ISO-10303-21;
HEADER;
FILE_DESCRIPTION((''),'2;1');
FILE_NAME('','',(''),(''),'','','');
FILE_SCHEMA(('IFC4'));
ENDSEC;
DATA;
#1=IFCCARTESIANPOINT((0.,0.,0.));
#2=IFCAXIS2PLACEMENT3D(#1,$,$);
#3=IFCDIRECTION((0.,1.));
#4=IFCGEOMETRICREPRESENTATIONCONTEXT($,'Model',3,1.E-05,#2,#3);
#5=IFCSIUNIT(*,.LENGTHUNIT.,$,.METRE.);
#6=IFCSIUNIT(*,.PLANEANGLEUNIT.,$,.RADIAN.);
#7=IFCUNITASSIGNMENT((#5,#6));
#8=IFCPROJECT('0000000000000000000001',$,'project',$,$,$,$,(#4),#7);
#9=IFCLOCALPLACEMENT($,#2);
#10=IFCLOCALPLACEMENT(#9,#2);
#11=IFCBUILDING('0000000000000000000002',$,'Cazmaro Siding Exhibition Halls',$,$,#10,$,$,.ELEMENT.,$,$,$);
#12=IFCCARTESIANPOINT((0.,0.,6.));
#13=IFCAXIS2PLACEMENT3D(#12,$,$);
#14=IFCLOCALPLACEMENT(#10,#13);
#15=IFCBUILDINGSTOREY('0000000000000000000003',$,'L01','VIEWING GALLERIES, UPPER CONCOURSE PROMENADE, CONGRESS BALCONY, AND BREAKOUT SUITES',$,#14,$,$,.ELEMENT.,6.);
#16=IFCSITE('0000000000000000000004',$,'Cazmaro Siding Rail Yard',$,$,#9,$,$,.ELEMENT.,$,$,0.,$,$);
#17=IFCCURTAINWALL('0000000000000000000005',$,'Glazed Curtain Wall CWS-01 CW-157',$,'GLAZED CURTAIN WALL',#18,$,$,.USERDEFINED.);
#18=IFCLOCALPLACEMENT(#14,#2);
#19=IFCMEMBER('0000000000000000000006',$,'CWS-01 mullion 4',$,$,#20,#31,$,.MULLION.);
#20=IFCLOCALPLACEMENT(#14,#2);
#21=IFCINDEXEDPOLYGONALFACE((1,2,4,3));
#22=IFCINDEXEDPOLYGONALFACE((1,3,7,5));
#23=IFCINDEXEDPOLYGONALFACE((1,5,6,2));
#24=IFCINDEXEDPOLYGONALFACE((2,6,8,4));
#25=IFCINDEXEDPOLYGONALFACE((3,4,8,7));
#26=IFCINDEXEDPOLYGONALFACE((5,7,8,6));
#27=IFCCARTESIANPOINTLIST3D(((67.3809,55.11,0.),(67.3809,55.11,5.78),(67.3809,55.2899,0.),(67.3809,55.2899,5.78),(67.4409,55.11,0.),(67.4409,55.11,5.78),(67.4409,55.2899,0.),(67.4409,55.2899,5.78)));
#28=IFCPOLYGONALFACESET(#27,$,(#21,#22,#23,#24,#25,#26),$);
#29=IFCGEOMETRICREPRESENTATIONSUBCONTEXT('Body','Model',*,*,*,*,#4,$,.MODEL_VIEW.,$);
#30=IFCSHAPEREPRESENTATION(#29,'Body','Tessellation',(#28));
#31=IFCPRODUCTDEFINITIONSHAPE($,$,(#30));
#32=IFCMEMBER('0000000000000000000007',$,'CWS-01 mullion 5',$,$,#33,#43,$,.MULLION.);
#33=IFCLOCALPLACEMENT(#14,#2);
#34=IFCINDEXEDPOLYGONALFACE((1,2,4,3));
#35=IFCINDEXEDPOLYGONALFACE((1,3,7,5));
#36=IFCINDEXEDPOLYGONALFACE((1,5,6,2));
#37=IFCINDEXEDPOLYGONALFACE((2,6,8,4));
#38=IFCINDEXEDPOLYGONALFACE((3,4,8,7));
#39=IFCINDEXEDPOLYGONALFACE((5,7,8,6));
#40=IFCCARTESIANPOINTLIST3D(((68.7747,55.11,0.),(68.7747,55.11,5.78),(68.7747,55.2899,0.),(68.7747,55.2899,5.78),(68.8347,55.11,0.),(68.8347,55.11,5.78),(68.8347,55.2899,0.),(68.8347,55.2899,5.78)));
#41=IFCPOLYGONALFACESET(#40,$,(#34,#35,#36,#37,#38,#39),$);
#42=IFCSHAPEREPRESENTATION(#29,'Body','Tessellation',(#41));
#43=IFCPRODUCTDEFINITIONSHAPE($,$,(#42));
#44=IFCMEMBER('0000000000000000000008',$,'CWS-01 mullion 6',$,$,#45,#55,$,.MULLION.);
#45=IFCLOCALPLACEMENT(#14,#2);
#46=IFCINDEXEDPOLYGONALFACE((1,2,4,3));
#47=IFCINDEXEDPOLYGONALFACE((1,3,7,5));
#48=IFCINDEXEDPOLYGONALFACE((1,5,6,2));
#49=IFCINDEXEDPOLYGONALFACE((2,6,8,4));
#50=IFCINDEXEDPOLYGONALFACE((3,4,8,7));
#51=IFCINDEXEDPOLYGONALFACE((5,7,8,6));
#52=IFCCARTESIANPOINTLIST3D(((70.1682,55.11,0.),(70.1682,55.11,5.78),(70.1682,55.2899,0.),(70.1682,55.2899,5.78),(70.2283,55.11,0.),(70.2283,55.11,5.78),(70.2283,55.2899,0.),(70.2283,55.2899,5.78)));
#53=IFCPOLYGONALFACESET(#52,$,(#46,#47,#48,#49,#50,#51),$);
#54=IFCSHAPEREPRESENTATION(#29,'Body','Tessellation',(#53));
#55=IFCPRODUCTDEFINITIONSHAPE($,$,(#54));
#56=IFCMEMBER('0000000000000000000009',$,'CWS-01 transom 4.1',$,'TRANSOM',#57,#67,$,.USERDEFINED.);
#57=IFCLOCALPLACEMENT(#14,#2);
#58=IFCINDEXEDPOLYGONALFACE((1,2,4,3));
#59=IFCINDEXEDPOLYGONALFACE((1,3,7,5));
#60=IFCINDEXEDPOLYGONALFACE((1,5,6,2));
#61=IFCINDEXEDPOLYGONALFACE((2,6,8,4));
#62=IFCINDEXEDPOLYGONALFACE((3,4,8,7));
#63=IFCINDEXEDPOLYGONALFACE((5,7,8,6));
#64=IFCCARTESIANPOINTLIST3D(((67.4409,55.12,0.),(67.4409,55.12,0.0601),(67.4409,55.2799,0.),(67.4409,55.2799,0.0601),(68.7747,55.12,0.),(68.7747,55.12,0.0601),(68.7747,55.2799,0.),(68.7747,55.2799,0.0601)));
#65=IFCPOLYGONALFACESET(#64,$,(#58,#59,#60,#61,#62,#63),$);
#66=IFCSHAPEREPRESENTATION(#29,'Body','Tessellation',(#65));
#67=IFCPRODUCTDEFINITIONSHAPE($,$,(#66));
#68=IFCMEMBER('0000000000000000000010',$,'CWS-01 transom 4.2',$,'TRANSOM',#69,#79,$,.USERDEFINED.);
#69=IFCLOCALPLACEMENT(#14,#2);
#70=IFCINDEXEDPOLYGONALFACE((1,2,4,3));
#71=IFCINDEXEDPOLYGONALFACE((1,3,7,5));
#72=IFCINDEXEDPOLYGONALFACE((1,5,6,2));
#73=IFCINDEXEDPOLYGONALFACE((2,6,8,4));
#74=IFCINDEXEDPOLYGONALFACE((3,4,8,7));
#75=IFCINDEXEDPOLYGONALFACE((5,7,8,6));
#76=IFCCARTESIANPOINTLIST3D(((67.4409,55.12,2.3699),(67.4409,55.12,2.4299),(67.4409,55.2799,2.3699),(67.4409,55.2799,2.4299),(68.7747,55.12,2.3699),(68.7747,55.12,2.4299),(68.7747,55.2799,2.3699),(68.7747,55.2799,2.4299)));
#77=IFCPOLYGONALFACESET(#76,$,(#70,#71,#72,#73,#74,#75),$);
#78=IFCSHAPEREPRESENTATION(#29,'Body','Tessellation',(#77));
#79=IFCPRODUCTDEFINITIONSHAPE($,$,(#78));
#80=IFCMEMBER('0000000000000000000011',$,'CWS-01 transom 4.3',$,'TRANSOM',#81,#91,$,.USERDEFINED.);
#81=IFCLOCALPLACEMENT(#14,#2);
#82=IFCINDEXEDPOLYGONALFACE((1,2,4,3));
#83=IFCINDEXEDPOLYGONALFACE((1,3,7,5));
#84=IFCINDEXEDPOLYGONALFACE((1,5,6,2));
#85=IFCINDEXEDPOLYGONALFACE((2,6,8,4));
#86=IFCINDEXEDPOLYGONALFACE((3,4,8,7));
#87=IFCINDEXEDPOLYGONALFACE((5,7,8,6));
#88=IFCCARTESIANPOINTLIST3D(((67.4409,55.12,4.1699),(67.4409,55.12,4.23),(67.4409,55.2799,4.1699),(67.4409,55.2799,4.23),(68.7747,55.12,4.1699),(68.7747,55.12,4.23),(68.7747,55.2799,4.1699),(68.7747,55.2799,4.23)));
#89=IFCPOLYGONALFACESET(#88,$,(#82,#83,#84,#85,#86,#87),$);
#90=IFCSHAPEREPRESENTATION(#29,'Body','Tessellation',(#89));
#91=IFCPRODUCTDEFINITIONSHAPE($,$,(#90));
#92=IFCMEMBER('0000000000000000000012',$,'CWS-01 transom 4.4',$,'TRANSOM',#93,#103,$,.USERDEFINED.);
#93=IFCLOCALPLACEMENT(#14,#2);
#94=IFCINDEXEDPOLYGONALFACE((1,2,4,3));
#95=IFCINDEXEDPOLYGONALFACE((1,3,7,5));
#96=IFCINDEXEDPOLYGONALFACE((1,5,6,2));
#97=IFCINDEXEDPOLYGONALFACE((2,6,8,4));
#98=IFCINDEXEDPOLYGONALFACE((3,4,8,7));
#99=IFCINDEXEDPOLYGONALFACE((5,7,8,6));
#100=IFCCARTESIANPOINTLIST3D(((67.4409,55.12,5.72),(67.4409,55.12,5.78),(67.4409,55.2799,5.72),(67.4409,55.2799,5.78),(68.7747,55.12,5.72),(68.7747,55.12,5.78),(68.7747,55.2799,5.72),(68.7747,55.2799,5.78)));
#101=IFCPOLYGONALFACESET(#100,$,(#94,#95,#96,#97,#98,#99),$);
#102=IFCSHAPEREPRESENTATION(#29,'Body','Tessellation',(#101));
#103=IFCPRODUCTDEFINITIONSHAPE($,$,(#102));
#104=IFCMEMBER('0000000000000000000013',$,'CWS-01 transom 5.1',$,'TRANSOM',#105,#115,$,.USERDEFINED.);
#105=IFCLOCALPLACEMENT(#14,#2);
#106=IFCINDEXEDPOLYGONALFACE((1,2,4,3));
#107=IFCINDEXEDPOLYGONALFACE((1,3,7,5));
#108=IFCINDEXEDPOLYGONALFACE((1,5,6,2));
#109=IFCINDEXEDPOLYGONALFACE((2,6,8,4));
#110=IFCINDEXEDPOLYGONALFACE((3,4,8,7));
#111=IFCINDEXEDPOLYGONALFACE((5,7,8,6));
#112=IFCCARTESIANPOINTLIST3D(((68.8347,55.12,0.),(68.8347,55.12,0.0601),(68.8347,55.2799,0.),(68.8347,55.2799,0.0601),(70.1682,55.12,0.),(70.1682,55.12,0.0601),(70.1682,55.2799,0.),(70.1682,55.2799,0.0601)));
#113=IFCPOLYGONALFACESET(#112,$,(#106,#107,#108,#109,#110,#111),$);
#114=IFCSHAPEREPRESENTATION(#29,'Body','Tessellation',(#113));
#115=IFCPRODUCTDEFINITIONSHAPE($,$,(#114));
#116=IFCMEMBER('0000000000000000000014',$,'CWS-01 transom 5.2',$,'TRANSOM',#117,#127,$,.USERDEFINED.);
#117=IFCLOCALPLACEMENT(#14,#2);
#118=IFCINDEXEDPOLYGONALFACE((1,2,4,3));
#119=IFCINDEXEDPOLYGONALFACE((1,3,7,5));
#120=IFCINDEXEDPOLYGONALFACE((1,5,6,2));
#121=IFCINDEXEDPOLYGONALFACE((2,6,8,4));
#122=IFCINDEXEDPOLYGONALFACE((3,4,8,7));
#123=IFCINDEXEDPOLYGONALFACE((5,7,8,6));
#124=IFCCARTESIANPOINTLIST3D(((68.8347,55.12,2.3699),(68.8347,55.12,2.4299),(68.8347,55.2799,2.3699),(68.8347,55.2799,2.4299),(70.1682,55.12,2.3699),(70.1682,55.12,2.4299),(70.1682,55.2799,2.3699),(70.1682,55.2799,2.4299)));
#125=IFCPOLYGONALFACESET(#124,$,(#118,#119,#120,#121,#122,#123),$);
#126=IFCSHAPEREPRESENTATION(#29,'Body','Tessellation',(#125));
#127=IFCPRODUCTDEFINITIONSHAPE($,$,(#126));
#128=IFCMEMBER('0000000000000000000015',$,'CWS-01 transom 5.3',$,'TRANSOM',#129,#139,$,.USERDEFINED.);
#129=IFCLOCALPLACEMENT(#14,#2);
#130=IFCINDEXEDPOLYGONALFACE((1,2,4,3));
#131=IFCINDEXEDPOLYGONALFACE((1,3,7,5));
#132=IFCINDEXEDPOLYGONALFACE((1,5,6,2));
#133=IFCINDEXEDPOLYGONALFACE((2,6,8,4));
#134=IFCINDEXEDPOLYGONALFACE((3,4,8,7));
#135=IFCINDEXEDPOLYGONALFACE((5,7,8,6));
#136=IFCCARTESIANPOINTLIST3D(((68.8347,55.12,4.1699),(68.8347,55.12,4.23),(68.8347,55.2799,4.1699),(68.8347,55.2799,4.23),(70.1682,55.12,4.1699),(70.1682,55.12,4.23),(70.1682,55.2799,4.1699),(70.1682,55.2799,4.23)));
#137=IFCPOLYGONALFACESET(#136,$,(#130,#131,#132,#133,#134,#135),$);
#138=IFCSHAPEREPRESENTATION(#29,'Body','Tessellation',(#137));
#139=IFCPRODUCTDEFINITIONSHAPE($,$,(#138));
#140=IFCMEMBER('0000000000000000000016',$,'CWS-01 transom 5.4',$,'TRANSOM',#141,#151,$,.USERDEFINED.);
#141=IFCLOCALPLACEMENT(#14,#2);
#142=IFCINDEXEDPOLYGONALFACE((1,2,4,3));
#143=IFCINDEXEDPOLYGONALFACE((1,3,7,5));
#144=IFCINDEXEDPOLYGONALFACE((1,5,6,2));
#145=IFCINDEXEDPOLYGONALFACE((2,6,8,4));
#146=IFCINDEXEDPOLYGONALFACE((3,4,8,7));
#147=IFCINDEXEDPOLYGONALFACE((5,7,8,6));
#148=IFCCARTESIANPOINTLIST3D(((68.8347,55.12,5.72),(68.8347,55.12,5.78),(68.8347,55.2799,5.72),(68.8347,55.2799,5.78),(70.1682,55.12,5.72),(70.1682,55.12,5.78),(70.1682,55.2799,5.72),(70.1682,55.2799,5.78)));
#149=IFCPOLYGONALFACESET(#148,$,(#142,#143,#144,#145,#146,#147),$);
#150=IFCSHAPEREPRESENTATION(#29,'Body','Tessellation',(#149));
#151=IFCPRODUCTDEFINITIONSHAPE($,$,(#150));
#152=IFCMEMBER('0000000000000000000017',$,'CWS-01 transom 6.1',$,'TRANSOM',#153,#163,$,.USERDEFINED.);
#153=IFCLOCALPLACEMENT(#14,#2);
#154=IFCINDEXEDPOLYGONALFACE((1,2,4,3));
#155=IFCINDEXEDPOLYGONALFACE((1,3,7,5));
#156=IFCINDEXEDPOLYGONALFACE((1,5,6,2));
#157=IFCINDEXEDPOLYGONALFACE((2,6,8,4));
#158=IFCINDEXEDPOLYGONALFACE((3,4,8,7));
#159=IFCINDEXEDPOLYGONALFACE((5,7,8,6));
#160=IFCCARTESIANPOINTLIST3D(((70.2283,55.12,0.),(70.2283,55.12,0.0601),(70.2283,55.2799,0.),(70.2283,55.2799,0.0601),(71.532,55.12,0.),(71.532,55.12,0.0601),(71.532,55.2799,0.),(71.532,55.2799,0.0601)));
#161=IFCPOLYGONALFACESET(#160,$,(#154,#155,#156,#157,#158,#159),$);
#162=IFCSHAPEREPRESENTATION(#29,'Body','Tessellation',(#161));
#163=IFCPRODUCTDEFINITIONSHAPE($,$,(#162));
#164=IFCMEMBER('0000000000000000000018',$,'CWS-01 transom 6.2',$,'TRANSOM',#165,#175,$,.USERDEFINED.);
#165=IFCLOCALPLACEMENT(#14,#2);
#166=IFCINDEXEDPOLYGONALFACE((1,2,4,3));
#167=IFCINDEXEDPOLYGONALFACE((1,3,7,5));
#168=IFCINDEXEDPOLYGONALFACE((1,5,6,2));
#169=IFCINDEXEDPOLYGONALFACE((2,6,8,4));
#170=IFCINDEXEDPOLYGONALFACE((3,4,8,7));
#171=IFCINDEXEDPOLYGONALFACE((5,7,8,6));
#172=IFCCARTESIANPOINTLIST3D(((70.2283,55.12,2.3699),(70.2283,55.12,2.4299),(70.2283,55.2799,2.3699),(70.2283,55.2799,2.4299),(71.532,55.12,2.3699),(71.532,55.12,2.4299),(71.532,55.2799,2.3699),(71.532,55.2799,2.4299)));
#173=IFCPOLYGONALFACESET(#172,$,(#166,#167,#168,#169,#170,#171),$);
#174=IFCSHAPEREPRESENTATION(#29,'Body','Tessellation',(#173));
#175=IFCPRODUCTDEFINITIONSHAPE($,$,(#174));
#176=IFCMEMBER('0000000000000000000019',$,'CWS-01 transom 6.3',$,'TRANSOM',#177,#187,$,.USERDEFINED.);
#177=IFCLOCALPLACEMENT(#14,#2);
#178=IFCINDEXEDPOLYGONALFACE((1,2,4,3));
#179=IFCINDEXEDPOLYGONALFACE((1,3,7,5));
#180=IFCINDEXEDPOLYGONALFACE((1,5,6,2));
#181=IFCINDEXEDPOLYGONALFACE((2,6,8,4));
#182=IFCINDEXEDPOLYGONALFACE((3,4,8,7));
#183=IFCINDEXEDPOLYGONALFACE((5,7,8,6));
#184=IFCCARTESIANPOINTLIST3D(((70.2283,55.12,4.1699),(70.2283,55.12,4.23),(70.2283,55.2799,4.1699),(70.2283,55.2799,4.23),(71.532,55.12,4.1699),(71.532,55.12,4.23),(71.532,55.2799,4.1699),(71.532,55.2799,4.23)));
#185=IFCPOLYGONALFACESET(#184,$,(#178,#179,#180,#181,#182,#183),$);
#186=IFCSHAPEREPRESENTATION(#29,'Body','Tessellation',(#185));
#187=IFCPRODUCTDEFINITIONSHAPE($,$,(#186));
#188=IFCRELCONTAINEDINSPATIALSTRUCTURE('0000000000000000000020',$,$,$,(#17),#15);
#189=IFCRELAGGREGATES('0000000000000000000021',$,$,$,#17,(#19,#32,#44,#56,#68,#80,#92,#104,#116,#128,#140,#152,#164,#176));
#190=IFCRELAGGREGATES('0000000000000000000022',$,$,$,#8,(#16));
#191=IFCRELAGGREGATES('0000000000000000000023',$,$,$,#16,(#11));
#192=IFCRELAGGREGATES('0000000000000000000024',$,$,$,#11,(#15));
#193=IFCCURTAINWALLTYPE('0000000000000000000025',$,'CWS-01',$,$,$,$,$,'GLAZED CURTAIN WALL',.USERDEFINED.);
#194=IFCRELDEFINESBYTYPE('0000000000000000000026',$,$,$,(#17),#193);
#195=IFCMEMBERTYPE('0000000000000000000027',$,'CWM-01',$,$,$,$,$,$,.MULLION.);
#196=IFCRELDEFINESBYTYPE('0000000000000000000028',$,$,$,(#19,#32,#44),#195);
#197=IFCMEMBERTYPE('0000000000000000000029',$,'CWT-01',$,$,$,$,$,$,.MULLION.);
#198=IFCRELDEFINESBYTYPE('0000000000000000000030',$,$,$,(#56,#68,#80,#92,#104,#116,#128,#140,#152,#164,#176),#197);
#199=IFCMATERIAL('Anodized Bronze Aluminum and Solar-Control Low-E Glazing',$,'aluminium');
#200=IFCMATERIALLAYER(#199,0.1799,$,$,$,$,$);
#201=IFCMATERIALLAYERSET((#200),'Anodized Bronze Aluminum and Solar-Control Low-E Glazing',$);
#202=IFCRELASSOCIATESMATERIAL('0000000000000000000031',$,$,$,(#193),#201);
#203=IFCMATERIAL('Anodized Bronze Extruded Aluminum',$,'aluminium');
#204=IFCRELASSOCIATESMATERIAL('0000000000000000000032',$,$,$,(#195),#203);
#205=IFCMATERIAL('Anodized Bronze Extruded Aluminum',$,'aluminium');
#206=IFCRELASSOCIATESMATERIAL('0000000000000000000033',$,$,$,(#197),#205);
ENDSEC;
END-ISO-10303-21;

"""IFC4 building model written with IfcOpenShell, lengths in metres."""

from ifc_helpers import new_model, si_unit, direction, frame, origin, origin_2d, place, context, subcontext, project, spatial, rectangle, extrude, material, layer, layer_set, material_profile, profile_set, type_object, element, aggregate, save


model = new_model("IFC4")

# Units and contexts
model_context = context("Model", 3, precision=1e-05, world=origin(), true_north=direction((0.0, 1.0)))
body_context = subcontext(model_context, "Body", "Model", "MODEL_VIEW")
ifc_project = project(units=[si_unit("LENGTHUNIT", "METRE"), si_unit("PLANEANGLEUNIT", "RADIAN")], contexts=[model_context])

# Site, building, storey
site_placement = place(None, origin())
site = spatial("IfcSite", under=ifc_project, at=site_placement, Name="Cazmaro Siding Rail Yard", CompositionType="ELEMENT", RefElevation=0.0)
building_placement = place(site_placement, origin())
building = spatial("IfcBuilding", under=site, at=building_placement, Name="Cazmaro Siding Exhibition Halls", CompositionType="ELEMENT")
storey_placement = place(building_placement, frame((0.0, 0.0, 6.0)))
storey = spatial("IfcBuildingStorey", under=building, at=storey_placement, Name="L01", Description="VIEWING GALLERIES, UPPER CONCOURSE PROMENADE, CONGRESS BALCONY, AND BREAKOUT SUITES", CompositionType="ELEMENT", Elevation=6.0)

# Curtain wall, members
ifc_material_1 = material(Name="Anodized Bronze Aluminum and Solar-Control Low-E Glazing", Category="aluminium")
ifc_layer_1 = layer(ifc_material_1, 0.1799)
ifc_layer_set_1 = layer_set([ifc_layer_1], Name="Anodized Bronze Aluminum and Solar-Control Low-E Glazing")
curtain_wall_type = type_object("IfcCurtainWallType", Name="CWS-01", ElementType="GLAZED CURTAIN WALL", PredefinedType="USERDEFINED", material=ifc_layer_set_1)
curtain_wall_placement = place(storey_placement, origin())
curtain_wall = element("IfcCurtainWall", 1, at=curtain_wall_placement, inside=storey, type_object=curtain_wall_type, Name="Glazed Curtain Wall CWS-01 CW-157", ObjectType="GLAZED CURTAIN WALL", PredefinedType="USERDEFINED")
ifc_material_2 = material(Name="Anodized Bronze Extruded Aluminum", Category="aluminium")
ifc_material_profile_1 = material_profile(ifc_material_2, rectangle(XDim=0.1799, YDim=0.0601, at=origin_2d()), Name="CWM-01")
ifc_profile_set_1 = profile_set([ifc_material_profile_1], Name="Anodized Bronze Extruded Aluminum")
member_type_1 = type_object("IfcMemberType", Name="CWM-01", PredefinedType="MULLION", material=ifc_profile_set_1)
member_1_placement = place(storey_placement, frame((67.4109, 55.2, 0.0), z_axis=(0.0, 0.0, 1.0), x_axis=(0.0, 1.0, 0.0)))
member_1 = element("IfcMember", 2, at=member_1_placement, type_object=member_type_1, Name="CWS-01 mullion 4", PredefinedType="MULLION", context=body_context, shape_type="SweptSolid", body=[
    extrude(rectangle(XDim=0.1799, YDim=0.0601, at=origin_2d()), origin(), (0.0, 0.0, 1.0), 5.78),
])
member_2_placement = place(storey_placement, frame((68.8047, 55.2, 0.0), z_axis=(0.0, 0.0, 1.0), x_axis=(0.0, 1.0, 0.0)))
member_2 = element("IfcMember", 3, at=member_2_placement, type_object=member_type_1, Name="CWS-01 mullion 5", PredefinedType="MULLION", context=body_context, shape_type="SweptSolid", body=[
    extrude(rectangle(XDim=0.1799, YDim=0.0601, at=origin_2d()), origin(), (0.0, 0.0, 1.0), 5.78),
])
member_3_placement = place(storey_placement, frame((70.1982, 55.2, 0.0), z_axis=(0.0, 0.0, 1.0), x_axis=(0.0, 1.0, 0.0)))
member_3 = element("IfcMember", 4, at=member_3_placement, type_object=member_type_1, Name="CWS-01 mullion 6", PredefinedType="MULLION", context=body_context, shape_type="SweptSolid", body=[
    extrude(rectangle(XDim=0.1799, YDim=0.0601, at=origin_2d()), origin(), (0.0, 0.0, 1.0), 5.78),
])
ifc_material_3 = material(Name="Anodized Bronze Extruded Aluminum", Category="aluminium")
ifc_material_profile_2 = material_profile(ifc_material_3, rectangle(XDim=0.1599, YDim=0.0601, at=origin_2d()), Name="CWT-01")
ifc_profile_set_2 = profile_set([ifc_material_profile_2], Name="Anodized Bronze Extruded Aluminum")
member_type_2 = type_object("IfcMemberType", Name="CWT-01", PredefinedType="MULLION", material=ifc_profile_set_2)
member_4_placement = place(storey_placement, frame((67.4409, 55.2, 0.03), z_axis=(1.0, 0.0, 0.0), x_axis=(0.0, 1.0, 0.0)))
member_4 = element("IfcMember", 5, at=member_4_placement, type_object=member_type_2, Name="CWS-01 transom 4.1", ObjectType="TRANSOM", PredefinedType="USERDEFINED", context=body_context, shape_type="SweptSolid", body=[
    extrude(rectangle(XDim=0.1599, YDim=0.0601, at=origin_2d()), origin(), (0.0, 0.0, 1.0), 1.3337),
])
member_5_placement = place(storey_placement, frame((67.4409, 55.2, 2.3999), z_axis=(1.0, 0.0, 0.0), x_axis=(0.0, 1.0, 0.0)))
member_5 = element("IfcMember", 6, at=member_5_placement, type_object=member_type_2, Name="CWS-01 transom 4.2", ObjectType="TRANSOM", PredefinedType="USERDEFINED", context=body_context, shape_type="SweptSolid", body=[
    extrude(rectangle(XDim=0.1599, YDim=0.0601, at=origin_2d()), origin(), (0.0, 0.0, 1.0), 1.3337),
])
member_6_placement = place(storey_placement, frame((67.4409, 55.2, 4.2), z_axis=(1.0, 0.0, 0.0), x_axis=(0.0, 1.0, 0.0)))
member_6 = element("IfcMember", 7, at=member_6_placement, type_object=member_type_2, Name="CWS-01 transom 4.3", ObjectType="TRANSOM", PredefinedType="USERDEFINED", context=body_context, shape_type="SweptSolid", body=[
    extrude(rectangle(XDim=0.1599, YDim=0.0601, at=origin_2d()), origin(), (0.0, 0.0, 1.0), 1.3337),
])
member_7_placement = place(storey_placement, frame((67.4409, 55.2, 5.75), z_axis=(1.0, 0.0, 0.0), x_axis=(0.0, 1.0, 0.0)))
member_7 = element("IfcMember", 8, at=member_7_placement, type_object=member_type_2, Name="CWS-01 transom 4.4", ObjectType="TRANSOM", PredefinedType="USERDEFINED", context=body_context, shape_type="SweptSolid", body=[
    extrude(rectangle(XDim=0.1599, YDim=0.0601, at=origin_2d()), origin(), (0.0, 0.0, 1.0), 1.3337),
])
member_8_placement = place(storey_placement, frame((68.8347, 55.2, 0.03), z_axis=(1.0, 0.0, 0.0), x_axis=(0.0, 1.0, 0.0)))
member_8 = element("IfcMember", 9, at=member_8_placement, type_object=member_type_2, Name="CWS-01 transom 5.1", ObjectType="TRANSOM", PredefinedType="USERDEFINED", context=body_context, shape_type="SweptSolid", body=[
    extrude(rectangle(XDim=0.1599, YDim=0.0601, at=origin_2d()), origin(), (0.0, 0.0, 1.0), 1.3335),
])
member_9_placement = place(storey_placement, frame((68.8347, 55.2, 2.3999), z_axis=(1.0, 0.0, 0.0), x_axis=(0.0, 1.0, 0.0)))
member_9 = element("IfcMember", 10, at=member_9_placement, type_object=member_type_2, Name="CWS-01 transom 5.2", ObjectType="TRANSOM", PredefinedType="USERDEFINED", context=body_context, shape_type="SweptSolid", body=[
    extrude(rectangle(XDim=0.1599, YDim=0.0601, at=origin_2d()), origin(), (0.0, 0.0, 1.0), 1.3335),
])
member_10_placement = place(storey_placement, frame((68.8347, 55.2, 4.2), z_axis=(1.0, 0.0, 0.0), x_axis=(0.0, 1.0, 0.0)))
member_10 = element("IfcMember", 11, at=member_10_placement, type_object=member_type_2, Name="CWS-01 transom 5.3", ObjectType="TRANSOM", PredefinedType="USERDEFINED", context=body_context, shape_type="SweptSolid", body=[
    extrude(rectangle(XDim=0.1599, YDim=0.0601, at=origin_2d()), origin(), (0.0, 0.0, 1.0), 1.3335),
])
member_11_placement = place(storey_placement, frame((68.8347, 55.2, 5.75), z_axis=(1.0, 0.0, 0.0), x_axis=(0.0, 1.0, 0.0)))
member_11 = element("IfcMember", 12, at=member_11_placement, type_object=member_type_2, Name="CWS-01 transom 5.4", ObjectType="TRANSOM", PredefinedType="USERDEFINED", context=body_context, shape_type="SweptSolid", body=[
    extrude(rectangle(XDim=0.1599, YDim=0.0601, at=origin_2d()), origin(), (0.0, 0.0, 1.0), 1.3335),
])
member_12_placement = place(storey_placement, frame((70.2283, 55.2, 0.03), z_axis=(1.0, 0.0, 0.0), x_axis=(0.0, 1.0, 0.0)))
member_12 = element("IfcMember", 13, at=member_12_placement, type_object=member_type_2, Name="CWS-01 transom 6.1", ObjectType="TRANSOM", PredefinedType="USERDEFINED", context=body_context, shape_type="SweptSolid", body=[
    extrude(rectangle(XDim=0.1599, YDim=0.0601, at=origin_2d()), origin(), (0.0, 0.0, 1.0), 1.3037),
])
member_13_placement = place(storey_placement, frame((70.2283, 55.2, 2.3999), z_axis=(1.0, 0.0, 0.0), x_axis=(0.0, 1.0, 0.0)))
member_13 = element("IfcMember", 14, at=member_13_placement, type_object=member_type_2, Name="CWS-01 transom 6.2", ObjectType="TRANSOM", PredefinedType="USERDEFINED", context=body_context, shape_type="SweptSolid", body=[
    extrude(rectangle(XDim=0.1599, YDim=0.0601, at=origin_2d()), origin(), (0.0, 0.0, 1.0), 1.3037),
])
member_14_placement = place(storey_placement, frame((70.2283, 55.2, 4.2), z_axis=(1.0, 0.0, 0.0), x_axis=(0.0, 1.0, 0.0)))
member_14 = element("IfcMember", 15, at=member_14_placement, type_object=member_type_2, Name="CWS-01 transom 6.3", ObjectType="TRANSOM", PredefinedType="USERDEFINED", context=body_context, shape_type="SweptSolid", body=[
    extrude(rectangle(XDim=0.1599, YDim=0.0601, at=origin_2d()), origin(), (0.0, 0.0, 1.0), 1.3037),
])
aggregate(curtain_wall, [member_1, member_2, member_3, member_4, member_5, member_6, member_7, member_8, member_9, member_10, member_11, member_12, member_13, member_14])

save(model, "model.ifc")
